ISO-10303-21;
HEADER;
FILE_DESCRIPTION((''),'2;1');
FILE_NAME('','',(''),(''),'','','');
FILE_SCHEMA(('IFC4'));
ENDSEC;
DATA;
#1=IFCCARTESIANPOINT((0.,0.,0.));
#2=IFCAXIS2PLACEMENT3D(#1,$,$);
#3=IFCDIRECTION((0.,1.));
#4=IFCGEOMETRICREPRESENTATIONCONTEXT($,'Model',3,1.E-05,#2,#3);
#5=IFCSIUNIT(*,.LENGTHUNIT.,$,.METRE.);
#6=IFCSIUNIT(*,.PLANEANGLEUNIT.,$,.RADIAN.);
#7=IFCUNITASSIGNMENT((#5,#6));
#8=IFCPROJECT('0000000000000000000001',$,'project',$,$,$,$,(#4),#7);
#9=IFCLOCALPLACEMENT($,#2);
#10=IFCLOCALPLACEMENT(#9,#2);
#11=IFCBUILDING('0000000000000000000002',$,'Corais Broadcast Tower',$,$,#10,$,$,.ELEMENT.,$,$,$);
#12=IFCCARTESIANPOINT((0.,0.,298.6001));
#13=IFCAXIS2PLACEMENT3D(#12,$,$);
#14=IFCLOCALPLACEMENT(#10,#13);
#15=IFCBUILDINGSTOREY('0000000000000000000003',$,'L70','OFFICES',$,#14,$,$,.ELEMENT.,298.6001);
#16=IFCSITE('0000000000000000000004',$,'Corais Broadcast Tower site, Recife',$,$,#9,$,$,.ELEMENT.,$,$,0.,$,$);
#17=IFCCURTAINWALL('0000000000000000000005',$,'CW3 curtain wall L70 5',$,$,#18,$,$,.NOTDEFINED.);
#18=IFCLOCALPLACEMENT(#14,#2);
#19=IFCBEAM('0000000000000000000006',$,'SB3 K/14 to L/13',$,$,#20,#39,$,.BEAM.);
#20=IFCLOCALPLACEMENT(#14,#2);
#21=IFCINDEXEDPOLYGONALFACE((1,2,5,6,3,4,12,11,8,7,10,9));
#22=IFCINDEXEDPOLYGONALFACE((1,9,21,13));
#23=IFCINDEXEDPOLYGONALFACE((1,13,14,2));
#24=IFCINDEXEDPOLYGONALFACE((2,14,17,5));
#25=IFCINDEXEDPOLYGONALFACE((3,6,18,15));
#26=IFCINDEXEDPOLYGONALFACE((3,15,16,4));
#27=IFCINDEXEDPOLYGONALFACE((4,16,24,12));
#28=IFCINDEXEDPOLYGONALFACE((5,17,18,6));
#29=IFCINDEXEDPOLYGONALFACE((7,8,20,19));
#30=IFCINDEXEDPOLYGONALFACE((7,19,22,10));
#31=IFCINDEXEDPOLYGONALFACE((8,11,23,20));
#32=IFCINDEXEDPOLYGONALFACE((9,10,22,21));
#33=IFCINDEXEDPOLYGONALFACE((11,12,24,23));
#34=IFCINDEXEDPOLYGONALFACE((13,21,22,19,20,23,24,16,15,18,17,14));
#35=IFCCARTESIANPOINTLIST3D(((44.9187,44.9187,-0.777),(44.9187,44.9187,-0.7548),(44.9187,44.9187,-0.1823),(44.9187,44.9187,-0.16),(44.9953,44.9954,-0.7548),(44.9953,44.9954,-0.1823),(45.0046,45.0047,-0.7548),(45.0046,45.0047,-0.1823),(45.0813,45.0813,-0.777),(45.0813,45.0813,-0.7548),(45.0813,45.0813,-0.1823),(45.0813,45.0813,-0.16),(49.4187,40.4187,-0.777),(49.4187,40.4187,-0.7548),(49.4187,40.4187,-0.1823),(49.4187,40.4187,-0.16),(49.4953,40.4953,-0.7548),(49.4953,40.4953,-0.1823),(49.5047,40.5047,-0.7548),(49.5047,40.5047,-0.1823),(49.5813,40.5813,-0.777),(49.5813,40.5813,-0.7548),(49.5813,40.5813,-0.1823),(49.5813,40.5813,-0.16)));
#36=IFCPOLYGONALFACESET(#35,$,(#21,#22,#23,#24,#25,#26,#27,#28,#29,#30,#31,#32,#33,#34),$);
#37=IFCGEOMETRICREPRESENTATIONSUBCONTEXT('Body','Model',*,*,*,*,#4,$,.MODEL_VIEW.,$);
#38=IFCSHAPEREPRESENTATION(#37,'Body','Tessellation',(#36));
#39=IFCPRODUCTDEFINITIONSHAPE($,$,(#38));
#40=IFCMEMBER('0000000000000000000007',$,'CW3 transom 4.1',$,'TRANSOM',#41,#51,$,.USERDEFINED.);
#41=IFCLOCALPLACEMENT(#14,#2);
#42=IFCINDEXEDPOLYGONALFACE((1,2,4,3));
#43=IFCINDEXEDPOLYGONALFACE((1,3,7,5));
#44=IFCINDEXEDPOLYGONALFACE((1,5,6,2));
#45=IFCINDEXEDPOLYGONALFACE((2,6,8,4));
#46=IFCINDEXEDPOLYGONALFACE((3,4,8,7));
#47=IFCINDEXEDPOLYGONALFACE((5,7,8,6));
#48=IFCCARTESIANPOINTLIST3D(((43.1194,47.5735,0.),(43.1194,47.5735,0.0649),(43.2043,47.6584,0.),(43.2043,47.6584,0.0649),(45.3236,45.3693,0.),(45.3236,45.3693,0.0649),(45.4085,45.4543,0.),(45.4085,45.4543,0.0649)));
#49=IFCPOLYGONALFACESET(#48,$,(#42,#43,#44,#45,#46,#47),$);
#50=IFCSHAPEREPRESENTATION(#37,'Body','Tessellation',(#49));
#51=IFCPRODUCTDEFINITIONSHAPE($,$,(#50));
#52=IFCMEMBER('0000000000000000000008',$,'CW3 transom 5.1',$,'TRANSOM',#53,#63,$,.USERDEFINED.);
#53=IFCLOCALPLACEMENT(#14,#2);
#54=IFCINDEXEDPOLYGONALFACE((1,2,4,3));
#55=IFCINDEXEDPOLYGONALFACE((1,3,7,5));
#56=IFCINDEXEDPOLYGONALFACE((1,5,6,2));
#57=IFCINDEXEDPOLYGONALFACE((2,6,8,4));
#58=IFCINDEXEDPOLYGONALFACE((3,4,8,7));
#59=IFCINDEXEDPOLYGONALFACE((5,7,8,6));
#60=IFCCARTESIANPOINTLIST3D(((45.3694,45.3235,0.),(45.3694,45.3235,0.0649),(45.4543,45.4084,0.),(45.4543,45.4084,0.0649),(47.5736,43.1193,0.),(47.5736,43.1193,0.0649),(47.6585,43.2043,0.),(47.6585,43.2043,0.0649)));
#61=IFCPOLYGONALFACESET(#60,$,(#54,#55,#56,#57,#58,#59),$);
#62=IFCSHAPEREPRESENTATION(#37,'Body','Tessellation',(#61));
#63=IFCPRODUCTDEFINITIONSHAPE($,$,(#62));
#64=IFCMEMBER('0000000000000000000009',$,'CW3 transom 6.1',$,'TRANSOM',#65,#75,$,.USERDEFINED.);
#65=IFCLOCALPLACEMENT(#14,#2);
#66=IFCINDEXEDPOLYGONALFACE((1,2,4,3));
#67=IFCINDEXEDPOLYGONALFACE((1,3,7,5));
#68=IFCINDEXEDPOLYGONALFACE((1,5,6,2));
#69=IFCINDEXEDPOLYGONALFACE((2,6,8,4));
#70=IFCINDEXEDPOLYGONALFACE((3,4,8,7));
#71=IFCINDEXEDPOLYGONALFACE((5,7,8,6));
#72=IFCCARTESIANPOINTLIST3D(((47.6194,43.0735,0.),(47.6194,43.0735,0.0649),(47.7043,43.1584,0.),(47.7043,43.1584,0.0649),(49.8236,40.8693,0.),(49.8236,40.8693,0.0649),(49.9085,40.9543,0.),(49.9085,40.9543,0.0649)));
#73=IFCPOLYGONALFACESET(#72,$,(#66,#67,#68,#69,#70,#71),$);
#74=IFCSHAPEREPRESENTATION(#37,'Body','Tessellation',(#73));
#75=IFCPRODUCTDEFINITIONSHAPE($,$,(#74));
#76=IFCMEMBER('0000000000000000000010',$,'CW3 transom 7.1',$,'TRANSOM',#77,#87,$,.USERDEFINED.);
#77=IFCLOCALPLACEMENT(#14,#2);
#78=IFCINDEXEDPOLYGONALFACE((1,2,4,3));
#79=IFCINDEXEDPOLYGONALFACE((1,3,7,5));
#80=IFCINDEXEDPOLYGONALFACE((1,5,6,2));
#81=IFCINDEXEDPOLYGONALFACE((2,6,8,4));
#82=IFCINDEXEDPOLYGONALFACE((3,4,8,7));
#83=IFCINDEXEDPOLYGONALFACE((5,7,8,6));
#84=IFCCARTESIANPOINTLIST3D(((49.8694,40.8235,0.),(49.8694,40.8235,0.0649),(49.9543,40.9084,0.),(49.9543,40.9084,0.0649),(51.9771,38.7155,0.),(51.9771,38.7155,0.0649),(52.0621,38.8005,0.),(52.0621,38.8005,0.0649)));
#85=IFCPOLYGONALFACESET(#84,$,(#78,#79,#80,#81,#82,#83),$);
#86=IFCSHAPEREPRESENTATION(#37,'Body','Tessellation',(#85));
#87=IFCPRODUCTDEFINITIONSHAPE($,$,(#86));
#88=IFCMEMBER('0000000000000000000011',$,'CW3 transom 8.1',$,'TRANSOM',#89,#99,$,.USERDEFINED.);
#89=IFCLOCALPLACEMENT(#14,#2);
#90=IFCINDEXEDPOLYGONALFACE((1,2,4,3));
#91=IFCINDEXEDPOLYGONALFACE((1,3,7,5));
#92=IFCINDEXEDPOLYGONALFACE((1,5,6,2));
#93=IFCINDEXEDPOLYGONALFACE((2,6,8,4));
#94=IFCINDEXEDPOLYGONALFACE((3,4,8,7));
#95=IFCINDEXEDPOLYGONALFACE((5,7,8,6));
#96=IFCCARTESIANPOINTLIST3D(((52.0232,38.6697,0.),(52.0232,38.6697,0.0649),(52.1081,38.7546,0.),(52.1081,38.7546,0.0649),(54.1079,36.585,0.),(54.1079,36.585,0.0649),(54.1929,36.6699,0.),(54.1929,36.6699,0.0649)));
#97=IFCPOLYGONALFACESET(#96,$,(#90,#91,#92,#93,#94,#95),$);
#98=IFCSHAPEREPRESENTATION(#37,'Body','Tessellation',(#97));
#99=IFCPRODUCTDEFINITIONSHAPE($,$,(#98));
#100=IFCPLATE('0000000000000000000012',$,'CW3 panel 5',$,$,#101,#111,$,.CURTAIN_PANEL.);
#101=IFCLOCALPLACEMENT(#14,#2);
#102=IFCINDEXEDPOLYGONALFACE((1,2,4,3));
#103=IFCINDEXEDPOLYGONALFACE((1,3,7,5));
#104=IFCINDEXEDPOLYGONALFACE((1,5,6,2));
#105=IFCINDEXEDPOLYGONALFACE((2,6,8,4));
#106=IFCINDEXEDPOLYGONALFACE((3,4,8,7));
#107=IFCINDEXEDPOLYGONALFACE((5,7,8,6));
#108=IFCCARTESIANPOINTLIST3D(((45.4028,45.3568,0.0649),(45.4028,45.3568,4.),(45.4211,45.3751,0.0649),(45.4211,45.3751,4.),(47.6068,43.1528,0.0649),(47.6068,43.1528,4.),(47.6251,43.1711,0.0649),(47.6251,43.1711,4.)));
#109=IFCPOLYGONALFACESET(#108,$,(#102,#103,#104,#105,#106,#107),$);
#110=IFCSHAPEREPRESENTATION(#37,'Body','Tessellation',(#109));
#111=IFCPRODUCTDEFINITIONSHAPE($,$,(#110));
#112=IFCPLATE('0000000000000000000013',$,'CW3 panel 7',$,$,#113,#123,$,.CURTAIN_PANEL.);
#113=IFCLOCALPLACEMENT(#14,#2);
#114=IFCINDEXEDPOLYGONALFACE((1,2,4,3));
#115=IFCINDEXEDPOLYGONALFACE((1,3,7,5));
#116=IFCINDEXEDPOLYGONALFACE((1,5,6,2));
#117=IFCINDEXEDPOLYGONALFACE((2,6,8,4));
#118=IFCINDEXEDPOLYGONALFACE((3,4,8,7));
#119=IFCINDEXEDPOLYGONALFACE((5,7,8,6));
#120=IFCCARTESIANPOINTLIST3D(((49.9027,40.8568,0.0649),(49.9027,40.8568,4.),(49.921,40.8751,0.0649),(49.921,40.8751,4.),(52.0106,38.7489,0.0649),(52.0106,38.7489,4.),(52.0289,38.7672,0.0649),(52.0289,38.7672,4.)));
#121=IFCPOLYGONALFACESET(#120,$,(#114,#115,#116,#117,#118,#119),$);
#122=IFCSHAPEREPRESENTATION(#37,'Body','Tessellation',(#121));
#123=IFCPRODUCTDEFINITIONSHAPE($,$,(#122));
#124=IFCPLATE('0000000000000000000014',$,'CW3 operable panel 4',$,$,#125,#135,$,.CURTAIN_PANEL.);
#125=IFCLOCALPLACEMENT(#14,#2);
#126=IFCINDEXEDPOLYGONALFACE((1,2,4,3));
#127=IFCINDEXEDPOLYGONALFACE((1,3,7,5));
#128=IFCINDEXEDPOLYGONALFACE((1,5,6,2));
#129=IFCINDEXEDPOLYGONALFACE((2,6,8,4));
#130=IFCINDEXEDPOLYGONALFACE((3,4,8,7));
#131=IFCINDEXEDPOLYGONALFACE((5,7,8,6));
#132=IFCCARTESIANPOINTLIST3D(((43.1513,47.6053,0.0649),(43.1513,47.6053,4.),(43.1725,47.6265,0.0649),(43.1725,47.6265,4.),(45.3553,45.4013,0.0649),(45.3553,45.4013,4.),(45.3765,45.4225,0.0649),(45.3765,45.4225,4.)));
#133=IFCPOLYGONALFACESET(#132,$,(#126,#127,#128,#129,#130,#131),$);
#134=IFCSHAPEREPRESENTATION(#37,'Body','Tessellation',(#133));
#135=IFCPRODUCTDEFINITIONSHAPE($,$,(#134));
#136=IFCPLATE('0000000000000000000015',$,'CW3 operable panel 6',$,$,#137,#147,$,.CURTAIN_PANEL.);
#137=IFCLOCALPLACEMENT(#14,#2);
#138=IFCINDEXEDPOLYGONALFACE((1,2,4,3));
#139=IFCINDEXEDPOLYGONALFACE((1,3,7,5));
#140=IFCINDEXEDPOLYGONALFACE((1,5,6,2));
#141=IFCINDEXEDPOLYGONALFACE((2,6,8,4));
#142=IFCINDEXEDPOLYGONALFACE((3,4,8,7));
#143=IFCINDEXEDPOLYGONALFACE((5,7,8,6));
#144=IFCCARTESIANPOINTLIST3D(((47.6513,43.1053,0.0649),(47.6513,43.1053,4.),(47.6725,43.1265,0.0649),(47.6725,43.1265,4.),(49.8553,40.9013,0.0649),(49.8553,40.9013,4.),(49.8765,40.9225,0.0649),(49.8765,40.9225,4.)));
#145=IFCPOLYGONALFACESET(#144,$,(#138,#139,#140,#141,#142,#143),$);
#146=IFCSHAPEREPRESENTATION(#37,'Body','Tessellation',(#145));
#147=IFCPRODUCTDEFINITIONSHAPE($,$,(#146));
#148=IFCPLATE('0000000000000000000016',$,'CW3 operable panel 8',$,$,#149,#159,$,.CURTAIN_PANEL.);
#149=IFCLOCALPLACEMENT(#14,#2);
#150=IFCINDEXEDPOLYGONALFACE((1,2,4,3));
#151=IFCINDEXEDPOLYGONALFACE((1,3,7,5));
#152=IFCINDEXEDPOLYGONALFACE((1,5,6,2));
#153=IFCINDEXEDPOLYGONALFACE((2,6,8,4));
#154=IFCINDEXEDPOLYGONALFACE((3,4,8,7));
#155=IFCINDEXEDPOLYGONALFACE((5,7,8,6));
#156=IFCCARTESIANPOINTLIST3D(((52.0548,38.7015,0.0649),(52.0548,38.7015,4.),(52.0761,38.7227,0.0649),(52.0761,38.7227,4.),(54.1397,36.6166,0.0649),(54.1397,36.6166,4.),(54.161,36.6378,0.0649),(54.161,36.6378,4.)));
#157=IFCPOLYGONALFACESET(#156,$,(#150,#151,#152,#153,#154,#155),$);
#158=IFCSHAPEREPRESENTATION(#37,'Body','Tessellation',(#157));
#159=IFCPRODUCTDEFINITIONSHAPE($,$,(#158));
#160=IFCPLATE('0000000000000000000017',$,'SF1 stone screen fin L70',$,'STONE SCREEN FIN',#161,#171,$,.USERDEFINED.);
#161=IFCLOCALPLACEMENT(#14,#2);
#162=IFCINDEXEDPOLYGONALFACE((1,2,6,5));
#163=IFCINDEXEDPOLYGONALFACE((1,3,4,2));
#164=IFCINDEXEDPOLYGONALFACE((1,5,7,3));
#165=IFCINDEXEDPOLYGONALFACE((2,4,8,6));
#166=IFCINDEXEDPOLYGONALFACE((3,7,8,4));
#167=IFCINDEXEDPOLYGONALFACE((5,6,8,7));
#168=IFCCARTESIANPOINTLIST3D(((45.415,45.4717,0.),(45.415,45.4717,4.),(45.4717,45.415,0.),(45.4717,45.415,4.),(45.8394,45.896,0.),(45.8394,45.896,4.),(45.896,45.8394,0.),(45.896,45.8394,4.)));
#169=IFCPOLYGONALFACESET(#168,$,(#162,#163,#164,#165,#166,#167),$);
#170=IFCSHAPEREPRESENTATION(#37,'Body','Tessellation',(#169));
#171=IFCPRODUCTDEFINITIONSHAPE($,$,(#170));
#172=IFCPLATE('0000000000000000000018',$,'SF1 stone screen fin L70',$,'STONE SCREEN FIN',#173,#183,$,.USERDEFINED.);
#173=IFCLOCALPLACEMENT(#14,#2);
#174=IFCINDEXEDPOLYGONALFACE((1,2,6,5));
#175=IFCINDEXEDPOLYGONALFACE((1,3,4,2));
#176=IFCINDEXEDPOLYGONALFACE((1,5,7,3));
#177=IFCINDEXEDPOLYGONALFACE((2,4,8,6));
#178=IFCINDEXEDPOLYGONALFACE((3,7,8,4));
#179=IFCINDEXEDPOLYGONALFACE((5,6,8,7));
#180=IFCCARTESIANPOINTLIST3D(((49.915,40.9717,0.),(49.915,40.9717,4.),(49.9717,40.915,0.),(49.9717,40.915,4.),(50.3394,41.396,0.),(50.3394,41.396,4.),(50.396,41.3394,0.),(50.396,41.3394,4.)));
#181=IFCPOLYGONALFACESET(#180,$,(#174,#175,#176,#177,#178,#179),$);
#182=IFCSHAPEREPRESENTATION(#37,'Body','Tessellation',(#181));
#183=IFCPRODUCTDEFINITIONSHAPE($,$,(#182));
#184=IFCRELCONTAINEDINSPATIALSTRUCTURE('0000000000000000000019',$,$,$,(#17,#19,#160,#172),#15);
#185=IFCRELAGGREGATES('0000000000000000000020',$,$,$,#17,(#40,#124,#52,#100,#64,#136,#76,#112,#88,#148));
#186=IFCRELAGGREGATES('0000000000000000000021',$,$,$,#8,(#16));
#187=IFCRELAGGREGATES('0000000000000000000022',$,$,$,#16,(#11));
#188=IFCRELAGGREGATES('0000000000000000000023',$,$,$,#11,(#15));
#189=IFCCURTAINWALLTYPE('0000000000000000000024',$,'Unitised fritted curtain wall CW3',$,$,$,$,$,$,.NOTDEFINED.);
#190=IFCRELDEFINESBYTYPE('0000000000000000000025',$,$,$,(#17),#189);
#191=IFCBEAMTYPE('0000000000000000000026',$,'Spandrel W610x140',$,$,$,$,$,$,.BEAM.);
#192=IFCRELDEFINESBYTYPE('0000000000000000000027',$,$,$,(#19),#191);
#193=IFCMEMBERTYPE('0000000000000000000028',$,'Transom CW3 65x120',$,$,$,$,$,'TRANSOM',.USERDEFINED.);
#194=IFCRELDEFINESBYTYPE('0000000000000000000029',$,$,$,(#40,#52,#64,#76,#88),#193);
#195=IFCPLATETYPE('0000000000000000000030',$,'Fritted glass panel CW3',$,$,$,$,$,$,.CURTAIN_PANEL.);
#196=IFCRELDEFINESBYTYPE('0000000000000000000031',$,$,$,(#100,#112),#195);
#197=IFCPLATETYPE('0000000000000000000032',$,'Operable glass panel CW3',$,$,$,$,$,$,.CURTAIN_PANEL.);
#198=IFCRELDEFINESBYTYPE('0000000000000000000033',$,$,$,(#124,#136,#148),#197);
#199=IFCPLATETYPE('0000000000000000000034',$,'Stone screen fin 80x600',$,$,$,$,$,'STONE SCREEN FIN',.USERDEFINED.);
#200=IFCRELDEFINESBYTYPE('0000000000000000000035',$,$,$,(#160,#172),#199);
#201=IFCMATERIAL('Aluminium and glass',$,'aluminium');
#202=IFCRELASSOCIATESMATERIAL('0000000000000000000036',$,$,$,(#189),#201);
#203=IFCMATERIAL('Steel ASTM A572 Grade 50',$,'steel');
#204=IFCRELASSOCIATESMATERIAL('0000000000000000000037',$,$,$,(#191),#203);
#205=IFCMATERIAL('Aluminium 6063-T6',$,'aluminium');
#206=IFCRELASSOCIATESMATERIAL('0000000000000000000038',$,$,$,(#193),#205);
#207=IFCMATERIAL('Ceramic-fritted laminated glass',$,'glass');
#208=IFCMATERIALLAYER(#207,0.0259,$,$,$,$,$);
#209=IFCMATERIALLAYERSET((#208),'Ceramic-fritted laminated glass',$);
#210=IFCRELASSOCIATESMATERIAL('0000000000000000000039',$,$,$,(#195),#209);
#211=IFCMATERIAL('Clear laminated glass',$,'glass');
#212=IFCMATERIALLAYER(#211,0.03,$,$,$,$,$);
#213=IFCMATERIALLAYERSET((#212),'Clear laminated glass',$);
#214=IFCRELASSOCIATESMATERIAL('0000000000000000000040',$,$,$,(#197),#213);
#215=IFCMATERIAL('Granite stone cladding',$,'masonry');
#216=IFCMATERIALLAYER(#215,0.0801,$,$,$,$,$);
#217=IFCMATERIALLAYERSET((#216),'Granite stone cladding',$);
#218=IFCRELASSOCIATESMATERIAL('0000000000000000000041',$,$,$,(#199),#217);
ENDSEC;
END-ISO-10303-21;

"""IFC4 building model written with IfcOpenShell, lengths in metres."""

from ifc_helpers import new_model, si_unit, direction, frame, origin, origin_2d, place, context, subcontext, project, spatial, rectangle, i_section, extrude, material, layer, layer_set, material_profile, profile_set, type_object, element, aggregate, save


model = new_model("IFC4")

# Units and contexts
model_context = context("Model", 3, precision=1e-05, world=origin(), true_north=direction((0.0, 1.0)))
body_context = subcontext(model_context, "Body", "Model", "MODEL_VIEW")
ifc_project = project(units=[si_unit("LENGTHUNIT", "METRE"), si_unit("PLANEANGLEUNIT", "RADIAN")], contexts=[model_context])

# Site, building, storey
site_placement = place(None, origin())
site = spatial("IfcSite", under=ifc_project, at=site_placement, Name="Corais Broadcast Tower site, Recife", CompositionType="ELEMENT", RefElevation=0.0)
building_placement = place(site_placement, origin())
building = spatial("IfcBuilding", under=site, at=building_placement, Name="Corais Broadcast Tower", CompositionType="ELEMENT")
storey_placement = place(building_placement, frame((0.0, 0.0, 298.6001)))
storey = spatial("IfcBuildingStorey", under=building, at=storey_placement, Name="L70", Description="OFFICES", CompositionType="ELEMENT", Elevation=298.6001)

# Curtain wall
ifc_material_1 = material(Name="Aluminium and glass", Category="aluminium")
curtain_wall_type = type_object("IfcCurtainWallType", Name="Unitised fritted curtain wall CW3", PredefinedType="NOTDEFINED", material=ifc_material_1)
curtain_wall_placement = place(storey_placement, origin())
curtain_wall = element("IfcCurtainWall", 1, at=curtain_wall_placement, inside=storey, type_object=curtain_wall_type, Name="CW3 curtain wall L70 5", PredefinedType="NOTDEFINED")

# Beam
ifc_material_2 = material(Name="Steel ASTM A572 Grade 50", Category="steel")
ifc_material_profile_1 = material_profile(ifc_material_2, i_section(OverallWidth=0.23, OverallDepth=0.6169, WebThickness=0.0132, FlangeThickness=0.0222, at=origin_2d()), Name="W610x140")
ifc_profile_set_1 = profile_set([ifc_material_profile_1], Name="Steel ASTM A572 Grade 50")
beam_type_1 = type_object("IfcBeamType", Name="Spandrel W610x140", PredefinedType="BEAM", material=ifc_profile_set_1)
for number, where, z_axis, x_axis, name in (
    (2, (49.5, 40.5, -0.4685), (-0.707107, 0.707107, 0.0), (-0.707107, -0.707107, 0.0), "SB3 K/14 to L/13"),
):
    element("IfcBeam", number, at=place(storey_placement, frame(where, z_axis=z_axis, x_axis=x_axis)), inside=storey, type_object=beam_type_1, Name=name, PredefinedType="BEAM", context=body_context, shape_type="SweptSolid", body=[
        extrude(i_section(OverallWidth=0.23, OverallDepth=0.6169, WebThickness=0.0132, FlangeThickness=0.0222, at=origin_2d()), origin(), (0.0, 0.0, 1.0), 6.364),
    ])

# Members
ifc_material_3 = material(Name="Aluminium 6063-T6", Category="aluminium")
ifc_material_profile_2 = material_profile(ifc_material_3, rectangle(XDim=0.1201, YDim=0.0649, at=origin_2d()), Name="Transom CW3 65x120")
ifc_profile_set_2 = profile_set([ifc_material_profile_2], Name="Aluminium 6063-T6")
member_type_1 = type_object("IfcMemberType", Name="Transom CW3 65x120", ElementType="TRANSOM", PredefinedType="USERDEFINED", material=ifc_profile_set_2)
member_1_placement = place(storey_placement, frame((43.1619, 47.616, 0.0325), z_axis=(0.707107, -0.707107, 0.0), x_axis=(0.707107, 0.707107, 0.0)))
member_1 = element("IfcMember", 3, at=member_1_placement, type_object=member_type_1, Name="CW3 transom 4.1", ObjectType="TRANSOM", PredefinedType="USERDEFINED", context=body_context, shape_type="SweptSolid", body=[
    extrude(rectangle(XDim=0.1201, YDim=0.0649, at=origin_2d()), origin(), (0.0, 0.0, 1.0), 3.1172),
])
member_2_placement = place(storey_placement, frame((45.4119, 45.366, 0.0325), z_axis=(0.707107, -0.707107, 0.0), x_axis=(0.707107, 0.707107, 0.0)))
member_2 = element("IfcMember", 4, at=member_2_placement, type_object=member_type_1, Name="CW3 transom 5.1", ObjectType="TRANSOM", PredefinedType="USERDEFINED", context=body_context, shape_type="SweptSolid", body=[
    extrude(rectangle(XDim=0.1201, YDim=0.0649, at=origin_2d()), origin(), (0.0, 0.0, 1.0), 3.1172),
])
member_3_placement = place(storey_placement, frame((47.6619, 43.116, 0.0325), z_axis=(0.707107, -0.707107, 0.0), x_axis=(0.707107, 0.707107, 0.0)))
member_3 = element("IfcMember", 5, at=member_3_placement, type_object=member_type_1, Name="CW3 transom 6.1", ObjectType="TRANSOM", PredefinedType="USERDEFINED", context=body_context, shape_type="SweptSolid", body=[
    extrude(rectangle(XDim=0.1201, YDim=0.0649, at=origin_2d()), origin(), (0.0, 0.0, 1.0), 3.1172),
])
member_4_placement = place(storey_placement, frame((49.9119, 40.866, 0.0325), z_axis=(0.707066, -0.707148, 0.0), x_axis=(0.707148, 0.707066, 0.0)))
member_4 = element("IfcMember", 6, at=member_4_placement, type_object=member_type_1, Name="CW3 transom 7.1", ObjectType="TRANSOM", PredefinedType="USERDEFINED", context=body_context, shape_type="SweptSolid", body=[
    extrude(rectangle(XDim=0.1201, YDim=0.0649, at=origin_2d()), origin(), (0.0, 0.0, 1.0), 2.981),
])
member_5_placement = place(storey_placement, frame((52.0657, 38.7122, 0.0325), z_axis=(0.707107, -0.707107, 0.0), x_axis=(0.707107, 0.707107, 0.0)))
member_5 = element("IfcMember", 7, at=member_5_placement, type_object=member_type_1, Name="CW3 transom 8.1", ObjectType="TRANSOM", PredefinedType="USERDEFINED", context=body_context, shape_type="SweptSolid", body=[
    extrude(rectangle(XDim=0.1201, YDim=0.0649, at=origin_2d()), origin(), (0.0, 0.0, 1.0), 2.9482),
])

# Plates
ifc_material_4 = material(Name="Ceramic-fritted laminated glass", Category="glass")
ifc_layer_1 = layer(ifc_material_4, 0.0259)
ifc_layer_set_1 = layer_set([ifc_layer_1], Name="Ceramic-fritted laminated glass")
plate_type_1 = type_object("IfcPlateType", Name="Fritted glass panel CW3", PredefinedType="CURTAIN_PANEL", material=ifc_layer_set_1)
plate_1_placement = place(storey_placement, frame((46.5139, 44.2639, 0.0649), z_axis=(0.0, 0.0, 1.0), x_axis=(0.707107, -0.707107, 0.0)))
plate_1 = element("IfcPlate", 8, at=plate_1_placement, type_object=plate_type_1, Name="CW3 panel 5", PredefinedType="CURTAIN_PANEL", context=body_context, shape_type="SweptSolid", body=[
    extrude(rectangle(XDim=3.1169, YDim=0.0259, at=origin_2d()), origin(), (0.0, 0.0, 1.0), 3.9351),
])
plate_2_placement = place(storey_placement, frame((50.9658, 39.812, 0.0649), z_axis=(0.0, 0.0, 1.0), x_axis=(0.707107, -0.707107, 0.0)))
plate_2 = element("IfcPlate", 9, at=plate_2_placement, type_object=plate_type_1, Name="CW3 panel 7", PredefinedType="CURTAIN_PANEL", context=body_context, shape_type="SweptSolid", body=[
    extrude(rectangle(XDim=2.981, YDim=0.0259, at=origin_2d()), origin(), (0.0, 0.0, 1.0), 3.9351),
])
ifc_material_5 = material(Name="Clear laminated glass", Category="glass")
ifc_layer_2 = layer(ifc_material_5, 0.03)
ifc_layer_set_2 = layer_set([ifc_layer_2], Name="Clear laminated glass")
plate_type_2 = type_object("IfcPlateType", Name="Operable glass panel CW3", PredefinedType="CURTAIN_PANEL", material=ifc_layer_set_2)
plate_3_placement = place(storey_placement, frame((44.2639, 46.5139, 0.0649), z_axis=(0.0, 0.0, 1.0), x_axis=(0.707107, -0.707107, 0.0)))
plate_3 = element("IfcPlate", 10, at=plate_3_placement, type_object=plate_type_2, Name="CW3 operable panel 4", PredefinedType="CURTAIN_PANEL", context=body_context, shape_type="SweptSolid", body=[
    extrude(rectangle(XDim=3.1169, YDim=0.03, at=origin_2d()), origin(), (0.0, 0.0, 1.0), 3.9351),
])
plate_4_placement = place(storey_placement, frame((48.7639, 42.0139, 0.0649), z_axis=(0.0, 0.0, 1.0), x_axis=(0.707107, -0.707107, 0.0)))
plate_4 = element("IfcPlate", 11, at=plate_4_placement, type_object=plate_type_2, Name="CW3 operable panel 6", PredefinedType="CURTAIN_PANEL", context=body_context, shape_type="SweptSolid", body=[
    extrude(rectangle(XDim=3.1169, YDim=0.03, at=origin_2d()), origin(), (0.0, 0.0, 1.0), 3.9351),
])
plate_5_placement = place(storey_placement, frame((53.1079, 37.6697, 0.0649), z_axis=(0.0, 0.0, 1.0), x_axis=(0.707107, -0.707107, 0.0)))
plate_5 = element("IfcPlate", 12, at=plate_5_placement, type_object=plate_type_2, Name="CW3 operable panel 8", PredefinedType="CURTAIN_PANEL", context=body_context, shape_type="SweptSolid", body=[
    extrude(rectangle(XDim=2.9485, YDim=0.03, at=origin_2d()), origin(), (0.0, 0.0, 1.0), 3.9351),
])
aggregate(curtain_wall, [member_1, plate_3, member_2, plate_1, member_3, plate_4, member_4, plate_2, member_5, plate_5])

# Plates
ifc_material_6 = material(Name="Granite stone cladding", Category="masonry")
ifc_layer_3 = layer(ifc_material_6, 0.0801)
ifc_layer_set_3 = layer_set([ifc_layer_3], Name="Granite stone cladding")
plate_type_3 = type_object("IfcPlateType", Name="Stone screen fin 80x600", ElementType="STONE SCREEN FIN", PredefinedType="USERDEFINED", material=ifc_layer_set_3)
for number, where, z_axis, x_axis, name in (
    (13, (45.6555, 45.6555, 0.0), (0.0, 0.0, 1.0), (0.707107, -0.707107, 0.0), "SF1 stone screen fin L70"),
    (14, (50.1555, 41.1555, 0.0), (0.0, 0.0, 1.0), (0.707107, -0.707107, 0.0), "SF1 stone screen fin L70"),
):
    element("IfcPlate", number, at=place(storey_placement, frame(where, z_axis=z_axis, x_axis=x_axis)), inside=storey, type_object=plate_type_3, Name=name, ObjectType="STONE SCREEN FIN", PredefinedType="USERDEFINED", context=body_context, shape_type="SweptSolid", body=[
        extrude(rectangle(XDim=0.0801, YDim=0.6001, at=origin_2d()), origin(), (0.0, 0.0, 1.0), 4.0),
    ])

save(model, "model.ifc")
